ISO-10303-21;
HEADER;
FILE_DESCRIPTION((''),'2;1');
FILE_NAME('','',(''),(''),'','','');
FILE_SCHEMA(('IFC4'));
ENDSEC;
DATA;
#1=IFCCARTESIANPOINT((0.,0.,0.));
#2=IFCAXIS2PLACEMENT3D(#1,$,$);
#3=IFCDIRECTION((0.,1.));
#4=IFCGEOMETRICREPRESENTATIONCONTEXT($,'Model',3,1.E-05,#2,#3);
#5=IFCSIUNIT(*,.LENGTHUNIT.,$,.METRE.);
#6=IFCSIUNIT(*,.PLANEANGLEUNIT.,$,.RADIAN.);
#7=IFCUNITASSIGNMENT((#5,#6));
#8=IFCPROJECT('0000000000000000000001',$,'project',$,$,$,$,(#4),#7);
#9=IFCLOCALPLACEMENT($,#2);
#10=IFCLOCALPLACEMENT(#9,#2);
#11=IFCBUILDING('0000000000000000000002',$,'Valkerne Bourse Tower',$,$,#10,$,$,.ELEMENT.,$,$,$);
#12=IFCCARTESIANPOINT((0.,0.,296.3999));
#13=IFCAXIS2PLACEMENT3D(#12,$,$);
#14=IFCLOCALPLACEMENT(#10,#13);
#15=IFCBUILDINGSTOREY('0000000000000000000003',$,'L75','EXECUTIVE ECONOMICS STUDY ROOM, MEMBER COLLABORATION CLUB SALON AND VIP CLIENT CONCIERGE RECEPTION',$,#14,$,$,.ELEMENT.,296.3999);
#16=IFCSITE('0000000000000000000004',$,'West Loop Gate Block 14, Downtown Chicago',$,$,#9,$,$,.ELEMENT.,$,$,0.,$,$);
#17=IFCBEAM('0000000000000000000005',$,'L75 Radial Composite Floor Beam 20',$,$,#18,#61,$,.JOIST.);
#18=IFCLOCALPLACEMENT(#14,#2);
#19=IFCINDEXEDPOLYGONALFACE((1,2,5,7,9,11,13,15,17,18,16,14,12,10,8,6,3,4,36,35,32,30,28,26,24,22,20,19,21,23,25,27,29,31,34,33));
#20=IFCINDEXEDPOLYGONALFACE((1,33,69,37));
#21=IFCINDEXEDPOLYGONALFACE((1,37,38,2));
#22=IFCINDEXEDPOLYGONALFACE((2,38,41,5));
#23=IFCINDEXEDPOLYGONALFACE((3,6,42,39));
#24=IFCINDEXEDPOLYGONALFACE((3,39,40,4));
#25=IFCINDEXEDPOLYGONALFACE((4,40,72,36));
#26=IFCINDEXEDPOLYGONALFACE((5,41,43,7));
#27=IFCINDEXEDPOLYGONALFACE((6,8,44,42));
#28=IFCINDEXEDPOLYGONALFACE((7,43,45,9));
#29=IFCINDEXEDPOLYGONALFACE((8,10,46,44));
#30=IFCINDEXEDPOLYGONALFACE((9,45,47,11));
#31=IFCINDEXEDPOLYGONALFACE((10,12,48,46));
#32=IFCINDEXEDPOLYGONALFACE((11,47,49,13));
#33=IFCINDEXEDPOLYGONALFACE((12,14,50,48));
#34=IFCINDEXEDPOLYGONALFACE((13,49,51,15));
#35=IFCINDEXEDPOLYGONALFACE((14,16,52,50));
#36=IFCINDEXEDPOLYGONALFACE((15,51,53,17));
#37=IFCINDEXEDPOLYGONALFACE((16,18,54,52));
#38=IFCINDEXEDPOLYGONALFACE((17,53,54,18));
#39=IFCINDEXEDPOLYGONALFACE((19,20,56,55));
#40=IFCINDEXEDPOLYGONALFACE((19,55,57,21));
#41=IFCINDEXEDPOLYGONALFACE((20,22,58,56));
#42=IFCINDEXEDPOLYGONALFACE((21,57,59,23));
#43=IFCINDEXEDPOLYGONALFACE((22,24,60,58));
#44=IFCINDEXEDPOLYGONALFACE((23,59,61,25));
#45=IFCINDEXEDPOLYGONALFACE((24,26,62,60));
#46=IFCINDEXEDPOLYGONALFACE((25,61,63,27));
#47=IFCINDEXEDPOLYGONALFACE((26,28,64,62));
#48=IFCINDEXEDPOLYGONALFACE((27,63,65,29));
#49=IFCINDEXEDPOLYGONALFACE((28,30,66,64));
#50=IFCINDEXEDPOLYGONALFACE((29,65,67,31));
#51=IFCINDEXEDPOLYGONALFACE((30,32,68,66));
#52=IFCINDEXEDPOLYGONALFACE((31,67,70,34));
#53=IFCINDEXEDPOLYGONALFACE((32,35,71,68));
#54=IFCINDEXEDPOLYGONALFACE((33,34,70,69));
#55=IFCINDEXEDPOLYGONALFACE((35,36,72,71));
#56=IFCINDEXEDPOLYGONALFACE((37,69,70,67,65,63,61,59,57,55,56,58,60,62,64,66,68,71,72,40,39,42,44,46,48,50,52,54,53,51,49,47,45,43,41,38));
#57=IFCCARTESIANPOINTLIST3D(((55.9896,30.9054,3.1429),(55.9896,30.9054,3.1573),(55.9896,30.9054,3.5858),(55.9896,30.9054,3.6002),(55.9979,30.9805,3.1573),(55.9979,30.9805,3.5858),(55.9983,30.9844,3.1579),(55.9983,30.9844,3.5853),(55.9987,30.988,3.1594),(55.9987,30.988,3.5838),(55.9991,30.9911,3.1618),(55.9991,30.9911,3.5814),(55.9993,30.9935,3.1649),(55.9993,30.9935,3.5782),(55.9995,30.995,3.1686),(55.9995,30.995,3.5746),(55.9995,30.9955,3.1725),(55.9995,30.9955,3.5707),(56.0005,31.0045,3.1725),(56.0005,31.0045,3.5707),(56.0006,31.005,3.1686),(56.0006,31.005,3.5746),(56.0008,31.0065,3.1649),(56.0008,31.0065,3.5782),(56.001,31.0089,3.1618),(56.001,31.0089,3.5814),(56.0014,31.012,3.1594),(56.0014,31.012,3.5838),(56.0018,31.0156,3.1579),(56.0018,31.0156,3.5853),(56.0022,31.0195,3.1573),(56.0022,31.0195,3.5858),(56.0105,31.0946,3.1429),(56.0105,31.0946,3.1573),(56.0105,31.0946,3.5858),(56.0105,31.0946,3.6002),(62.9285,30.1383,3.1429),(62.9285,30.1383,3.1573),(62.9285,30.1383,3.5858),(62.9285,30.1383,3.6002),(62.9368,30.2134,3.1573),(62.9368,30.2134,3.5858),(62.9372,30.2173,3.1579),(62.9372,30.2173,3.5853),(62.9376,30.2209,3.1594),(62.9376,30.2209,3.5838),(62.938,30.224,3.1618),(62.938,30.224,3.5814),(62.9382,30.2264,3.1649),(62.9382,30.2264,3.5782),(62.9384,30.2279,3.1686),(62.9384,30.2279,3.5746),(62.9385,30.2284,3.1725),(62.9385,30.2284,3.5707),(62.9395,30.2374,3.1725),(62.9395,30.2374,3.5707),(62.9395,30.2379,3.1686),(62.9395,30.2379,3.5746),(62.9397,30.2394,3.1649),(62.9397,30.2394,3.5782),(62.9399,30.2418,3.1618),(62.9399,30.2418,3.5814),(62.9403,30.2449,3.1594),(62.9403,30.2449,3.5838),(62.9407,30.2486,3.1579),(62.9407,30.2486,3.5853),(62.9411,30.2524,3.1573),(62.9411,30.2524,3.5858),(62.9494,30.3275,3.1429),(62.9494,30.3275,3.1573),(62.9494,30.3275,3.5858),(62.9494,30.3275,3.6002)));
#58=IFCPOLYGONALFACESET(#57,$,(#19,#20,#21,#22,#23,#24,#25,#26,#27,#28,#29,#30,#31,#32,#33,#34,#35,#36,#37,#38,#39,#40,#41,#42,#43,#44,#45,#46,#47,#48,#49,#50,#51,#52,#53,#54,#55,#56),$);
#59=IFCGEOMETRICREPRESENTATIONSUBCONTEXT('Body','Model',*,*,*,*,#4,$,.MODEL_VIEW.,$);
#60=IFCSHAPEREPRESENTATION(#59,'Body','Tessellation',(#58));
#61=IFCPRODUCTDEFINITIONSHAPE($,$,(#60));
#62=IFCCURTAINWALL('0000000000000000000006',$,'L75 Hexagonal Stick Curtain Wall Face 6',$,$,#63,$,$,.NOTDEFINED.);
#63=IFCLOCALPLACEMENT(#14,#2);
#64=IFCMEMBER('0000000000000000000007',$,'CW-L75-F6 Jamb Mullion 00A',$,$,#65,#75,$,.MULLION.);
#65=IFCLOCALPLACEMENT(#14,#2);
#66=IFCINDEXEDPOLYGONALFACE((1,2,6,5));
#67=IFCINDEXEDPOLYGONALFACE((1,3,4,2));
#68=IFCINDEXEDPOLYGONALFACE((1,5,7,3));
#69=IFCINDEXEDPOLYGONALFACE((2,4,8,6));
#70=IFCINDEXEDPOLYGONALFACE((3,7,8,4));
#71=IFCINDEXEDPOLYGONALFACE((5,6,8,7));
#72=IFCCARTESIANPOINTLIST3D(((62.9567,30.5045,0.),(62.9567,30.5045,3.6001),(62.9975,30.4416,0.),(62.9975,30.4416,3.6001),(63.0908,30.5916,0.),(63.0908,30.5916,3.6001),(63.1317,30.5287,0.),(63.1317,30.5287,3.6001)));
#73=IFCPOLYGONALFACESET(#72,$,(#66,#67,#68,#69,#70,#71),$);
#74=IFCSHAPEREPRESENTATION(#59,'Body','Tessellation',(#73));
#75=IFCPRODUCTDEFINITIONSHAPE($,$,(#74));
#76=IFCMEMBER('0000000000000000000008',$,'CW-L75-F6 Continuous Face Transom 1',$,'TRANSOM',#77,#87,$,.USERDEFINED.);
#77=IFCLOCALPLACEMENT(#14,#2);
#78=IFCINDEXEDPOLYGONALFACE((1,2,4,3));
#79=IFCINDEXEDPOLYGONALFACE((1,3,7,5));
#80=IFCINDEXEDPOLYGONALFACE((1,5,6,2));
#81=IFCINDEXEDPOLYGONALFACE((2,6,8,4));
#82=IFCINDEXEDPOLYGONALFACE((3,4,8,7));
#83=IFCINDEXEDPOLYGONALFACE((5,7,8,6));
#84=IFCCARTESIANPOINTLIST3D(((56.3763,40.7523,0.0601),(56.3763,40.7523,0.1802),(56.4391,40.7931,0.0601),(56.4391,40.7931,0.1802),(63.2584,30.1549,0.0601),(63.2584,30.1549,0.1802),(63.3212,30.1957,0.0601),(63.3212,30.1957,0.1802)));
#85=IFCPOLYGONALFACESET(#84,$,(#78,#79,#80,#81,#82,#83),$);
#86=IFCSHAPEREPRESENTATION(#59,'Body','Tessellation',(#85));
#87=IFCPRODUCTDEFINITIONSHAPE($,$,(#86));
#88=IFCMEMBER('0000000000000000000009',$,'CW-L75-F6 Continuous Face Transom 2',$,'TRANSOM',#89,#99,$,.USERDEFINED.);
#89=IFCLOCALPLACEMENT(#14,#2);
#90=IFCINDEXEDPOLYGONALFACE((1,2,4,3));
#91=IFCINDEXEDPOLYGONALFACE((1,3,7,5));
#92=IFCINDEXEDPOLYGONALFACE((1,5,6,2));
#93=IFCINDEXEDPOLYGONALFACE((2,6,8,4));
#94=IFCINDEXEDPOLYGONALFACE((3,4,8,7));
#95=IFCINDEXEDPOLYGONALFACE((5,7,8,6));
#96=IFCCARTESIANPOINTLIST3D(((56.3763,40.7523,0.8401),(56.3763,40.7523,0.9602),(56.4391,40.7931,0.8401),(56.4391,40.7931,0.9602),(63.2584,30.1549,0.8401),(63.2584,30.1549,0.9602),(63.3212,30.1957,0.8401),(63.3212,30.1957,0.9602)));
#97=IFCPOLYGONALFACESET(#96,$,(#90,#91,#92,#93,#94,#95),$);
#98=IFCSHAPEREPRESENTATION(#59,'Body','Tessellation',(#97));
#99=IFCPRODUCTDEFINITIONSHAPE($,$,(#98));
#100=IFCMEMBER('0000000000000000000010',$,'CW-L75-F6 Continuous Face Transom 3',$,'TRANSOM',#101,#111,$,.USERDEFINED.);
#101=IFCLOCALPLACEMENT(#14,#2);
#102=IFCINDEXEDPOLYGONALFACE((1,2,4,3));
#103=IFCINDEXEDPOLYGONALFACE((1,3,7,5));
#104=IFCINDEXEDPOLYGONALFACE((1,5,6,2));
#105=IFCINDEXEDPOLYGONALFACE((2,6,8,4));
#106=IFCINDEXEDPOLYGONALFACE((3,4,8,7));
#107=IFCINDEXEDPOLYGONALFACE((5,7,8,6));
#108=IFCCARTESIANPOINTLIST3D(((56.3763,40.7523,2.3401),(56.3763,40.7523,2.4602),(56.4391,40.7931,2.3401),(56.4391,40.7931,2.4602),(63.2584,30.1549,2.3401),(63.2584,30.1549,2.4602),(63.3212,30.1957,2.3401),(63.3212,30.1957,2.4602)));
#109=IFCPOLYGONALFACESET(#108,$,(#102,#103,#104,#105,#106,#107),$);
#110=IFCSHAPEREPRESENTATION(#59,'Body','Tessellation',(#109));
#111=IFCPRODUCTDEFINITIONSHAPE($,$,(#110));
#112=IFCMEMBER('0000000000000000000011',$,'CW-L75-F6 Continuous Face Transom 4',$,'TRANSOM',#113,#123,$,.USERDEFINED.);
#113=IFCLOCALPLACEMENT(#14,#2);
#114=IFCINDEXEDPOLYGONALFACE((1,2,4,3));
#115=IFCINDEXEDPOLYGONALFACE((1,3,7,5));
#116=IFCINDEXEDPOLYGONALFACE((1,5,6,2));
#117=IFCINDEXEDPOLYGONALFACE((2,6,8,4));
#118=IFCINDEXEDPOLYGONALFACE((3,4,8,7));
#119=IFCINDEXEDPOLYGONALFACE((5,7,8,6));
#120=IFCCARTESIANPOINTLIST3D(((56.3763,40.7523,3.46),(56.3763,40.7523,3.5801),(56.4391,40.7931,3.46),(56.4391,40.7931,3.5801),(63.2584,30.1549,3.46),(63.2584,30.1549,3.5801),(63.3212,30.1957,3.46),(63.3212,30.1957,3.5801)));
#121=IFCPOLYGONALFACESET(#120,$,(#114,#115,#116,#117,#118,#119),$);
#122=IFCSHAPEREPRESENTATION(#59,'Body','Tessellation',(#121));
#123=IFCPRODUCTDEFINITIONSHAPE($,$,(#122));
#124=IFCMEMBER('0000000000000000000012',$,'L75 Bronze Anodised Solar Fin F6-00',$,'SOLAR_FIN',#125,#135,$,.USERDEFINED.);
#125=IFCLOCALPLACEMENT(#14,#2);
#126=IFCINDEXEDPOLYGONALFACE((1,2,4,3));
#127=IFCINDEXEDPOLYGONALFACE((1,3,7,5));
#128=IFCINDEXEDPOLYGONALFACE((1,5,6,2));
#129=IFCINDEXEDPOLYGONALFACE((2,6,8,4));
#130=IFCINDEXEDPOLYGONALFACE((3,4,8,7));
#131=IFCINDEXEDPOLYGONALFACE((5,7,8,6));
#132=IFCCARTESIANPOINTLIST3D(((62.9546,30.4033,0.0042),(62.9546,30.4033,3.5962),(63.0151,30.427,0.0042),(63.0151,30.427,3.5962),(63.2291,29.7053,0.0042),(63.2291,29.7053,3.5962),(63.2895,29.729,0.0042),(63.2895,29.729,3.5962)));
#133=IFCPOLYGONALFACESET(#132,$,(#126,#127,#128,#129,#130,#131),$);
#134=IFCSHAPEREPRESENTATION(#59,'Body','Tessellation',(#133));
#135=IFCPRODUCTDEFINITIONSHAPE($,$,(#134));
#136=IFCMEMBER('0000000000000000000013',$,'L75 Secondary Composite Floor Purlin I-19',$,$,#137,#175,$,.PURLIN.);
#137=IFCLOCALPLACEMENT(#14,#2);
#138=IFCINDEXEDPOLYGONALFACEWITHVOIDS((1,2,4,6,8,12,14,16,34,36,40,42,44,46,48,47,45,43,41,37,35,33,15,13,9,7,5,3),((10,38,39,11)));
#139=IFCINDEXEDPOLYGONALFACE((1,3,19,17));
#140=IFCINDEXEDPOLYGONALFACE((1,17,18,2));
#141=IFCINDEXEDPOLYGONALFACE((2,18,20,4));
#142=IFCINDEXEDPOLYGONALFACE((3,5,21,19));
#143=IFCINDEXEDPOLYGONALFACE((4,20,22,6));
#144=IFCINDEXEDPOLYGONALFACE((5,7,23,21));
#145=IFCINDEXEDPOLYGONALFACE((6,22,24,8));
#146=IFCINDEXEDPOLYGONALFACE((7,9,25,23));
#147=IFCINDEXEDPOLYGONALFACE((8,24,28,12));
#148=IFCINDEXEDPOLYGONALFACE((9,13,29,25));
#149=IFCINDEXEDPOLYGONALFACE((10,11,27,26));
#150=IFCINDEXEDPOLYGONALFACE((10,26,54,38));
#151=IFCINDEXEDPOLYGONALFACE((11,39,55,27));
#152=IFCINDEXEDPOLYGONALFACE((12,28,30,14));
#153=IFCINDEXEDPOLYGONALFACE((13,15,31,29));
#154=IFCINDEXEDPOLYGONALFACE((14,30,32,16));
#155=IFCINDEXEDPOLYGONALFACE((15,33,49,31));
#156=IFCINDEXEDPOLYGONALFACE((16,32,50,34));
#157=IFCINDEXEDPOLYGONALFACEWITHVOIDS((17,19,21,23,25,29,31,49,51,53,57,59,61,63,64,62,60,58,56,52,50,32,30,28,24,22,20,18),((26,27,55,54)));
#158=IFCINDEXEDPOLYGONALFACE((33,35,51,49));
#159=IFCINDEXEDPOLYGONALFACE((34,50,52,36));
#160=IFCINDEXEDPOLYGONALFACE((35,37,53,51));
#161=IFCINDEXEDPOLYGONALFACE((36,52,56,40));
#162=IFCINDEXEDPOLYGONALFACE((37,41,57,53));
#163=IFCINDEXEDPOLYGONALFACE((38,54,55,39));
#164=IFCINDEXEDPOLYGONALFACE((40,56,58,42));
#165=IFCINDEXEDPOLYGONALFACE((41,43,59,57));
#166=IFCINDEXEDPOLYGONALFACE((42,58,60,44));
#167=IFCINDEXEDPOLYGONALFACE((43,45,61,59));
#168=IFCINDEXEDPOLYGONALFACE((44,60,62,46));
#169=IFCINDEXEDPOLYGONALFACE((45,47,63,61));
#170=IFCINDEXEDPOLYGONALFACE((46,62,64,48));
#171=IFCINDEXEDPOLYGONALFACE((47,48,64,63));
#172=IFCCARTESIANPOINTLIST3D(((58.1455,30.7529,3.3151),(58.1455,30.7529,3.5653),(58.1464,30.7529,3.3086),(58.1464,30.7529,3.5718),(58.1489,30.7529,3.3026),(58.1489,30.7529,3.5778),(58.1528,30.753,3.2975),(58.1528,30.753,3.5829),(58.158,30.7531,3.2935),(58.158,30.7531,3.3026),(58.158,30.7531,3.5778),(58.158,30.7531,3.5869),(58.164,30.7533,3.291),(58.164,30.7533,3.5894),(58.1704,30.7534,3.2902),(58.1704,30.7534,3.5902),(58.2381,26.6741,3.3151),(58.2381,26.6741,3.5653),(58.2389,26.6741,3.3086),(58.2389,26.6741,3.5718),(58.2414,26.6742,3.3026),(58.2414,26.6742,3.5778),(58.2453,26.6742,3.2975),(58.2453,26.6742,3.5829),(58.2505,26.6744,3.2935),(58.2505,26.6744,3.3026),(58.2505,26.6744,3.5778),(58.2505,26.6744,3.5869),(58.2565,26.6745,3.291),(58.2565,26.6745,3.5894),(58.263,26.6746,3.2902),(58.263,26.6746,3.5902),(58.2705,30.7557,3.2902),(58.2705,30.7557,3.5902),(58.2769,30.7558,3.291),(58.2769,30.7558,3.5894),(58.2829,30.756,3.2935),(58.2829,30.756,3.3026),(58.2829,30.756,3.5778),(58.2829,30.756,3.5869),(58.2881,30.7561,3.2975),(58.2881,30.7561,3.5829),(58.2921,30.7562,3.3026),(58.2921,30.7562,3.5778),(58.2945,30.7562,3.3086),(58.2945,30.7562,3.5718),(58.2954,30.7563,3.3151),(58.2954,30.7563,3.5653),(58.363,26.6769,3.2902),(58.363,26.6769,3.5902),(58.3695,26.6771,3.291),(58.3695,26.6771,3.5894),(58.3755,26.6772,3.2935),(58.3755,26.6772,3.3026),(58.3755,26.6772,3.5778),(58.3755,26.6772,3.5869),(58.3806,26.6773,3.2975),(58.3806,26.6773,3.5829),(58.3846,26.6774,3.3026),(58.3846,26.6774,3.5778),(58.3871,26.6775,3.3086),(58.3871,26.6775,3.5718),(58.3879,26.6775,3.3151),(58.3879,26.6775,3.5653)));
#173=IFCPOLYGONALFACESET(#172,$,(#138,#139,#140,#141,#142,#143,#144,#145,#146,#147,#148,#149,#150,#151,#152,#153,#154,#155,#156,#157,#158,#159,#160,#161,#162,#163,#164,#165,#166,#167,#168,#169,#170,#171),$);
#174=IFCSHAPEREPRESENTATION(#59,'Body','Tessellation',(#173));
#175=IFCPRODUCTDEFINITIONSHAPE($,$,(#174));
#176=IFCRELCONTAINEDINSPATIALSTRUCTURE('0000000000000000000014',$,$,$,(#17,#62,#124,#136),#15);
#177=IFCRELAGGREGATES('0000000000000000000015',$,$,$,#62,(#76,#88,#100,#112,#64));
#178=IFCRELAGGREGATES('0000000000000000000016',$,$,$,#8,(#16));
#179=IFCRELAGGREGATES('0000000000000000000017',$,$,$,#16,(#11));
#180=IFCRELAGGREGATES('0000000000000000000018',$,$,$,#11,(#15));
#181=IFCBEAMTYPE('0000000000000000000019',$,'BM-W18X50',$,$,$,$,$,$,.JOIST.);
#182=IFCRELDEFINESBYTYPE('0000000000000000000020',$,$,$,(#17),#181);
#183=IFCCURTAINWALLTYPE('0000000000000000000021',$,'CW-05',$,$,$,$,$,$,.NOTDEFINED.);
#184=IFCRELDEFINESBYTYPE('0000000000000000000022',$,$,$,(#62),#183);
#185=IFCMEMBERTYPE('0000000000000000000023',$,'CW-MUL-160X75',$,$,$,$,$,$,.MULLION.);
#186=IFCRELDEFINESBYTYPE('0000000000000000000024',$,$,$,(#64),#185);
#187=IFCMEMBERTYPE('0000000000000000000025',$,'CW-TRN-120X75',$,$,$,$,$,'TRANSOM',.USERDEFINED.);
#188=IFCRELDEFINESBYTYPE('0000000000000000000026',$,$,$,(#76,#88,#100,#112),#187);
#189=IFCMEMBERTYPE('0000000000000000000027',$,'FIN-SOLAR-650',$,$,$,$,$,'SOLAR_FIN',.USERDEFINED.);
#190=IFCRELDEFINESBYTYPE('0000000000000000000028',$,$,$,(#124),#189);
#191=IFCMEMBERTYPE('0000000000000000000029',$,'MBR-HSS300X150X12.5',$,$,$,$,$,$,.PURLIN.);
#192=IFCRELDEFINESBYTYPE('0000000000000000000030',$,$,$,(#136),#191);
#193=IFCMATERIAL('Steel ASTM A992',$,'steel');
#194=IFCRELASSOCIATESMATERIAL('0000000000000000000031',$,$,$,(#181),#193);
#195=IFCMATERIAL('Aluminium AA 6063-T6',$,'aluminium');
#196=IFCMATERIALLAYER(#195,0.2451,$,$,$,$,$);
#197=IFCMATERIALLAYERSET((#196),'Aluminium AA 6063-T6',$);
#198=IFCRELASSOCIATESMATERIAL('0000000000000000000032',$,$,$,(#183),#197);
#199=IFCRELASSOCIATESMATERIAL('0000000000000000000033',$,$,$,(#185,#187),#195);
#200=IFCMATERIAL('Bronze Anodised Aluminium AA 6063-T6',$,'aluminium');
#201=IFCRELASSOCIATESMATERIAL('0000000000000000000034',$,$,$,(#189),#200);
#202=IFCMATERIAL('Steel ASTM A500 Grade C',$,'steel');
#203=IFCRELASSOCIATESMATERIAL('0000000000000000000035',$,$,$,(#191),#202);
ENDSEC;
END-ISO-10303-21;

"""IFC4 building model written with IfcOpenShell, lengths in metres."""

from ifc_helpers import new_model, si_unit, direction, frame, origin, origin_2d, place, context, subcontext, project, spatial, rectangle, hollow_rectangle, i_section, extrude, material, layer, layer_set, material_profile, profile_set, type_object, element, aggregate, save


model = new_model("IFC4")

# Units and contexts
model_context = context("Model", 3, precision=1e-05, world=origin(), true_north=direction((0.0, 1.0)))
body_context = subcontext(model_context, "Body", "Model", "MODEL_VIEW")
ifc_project = project(units=[si_unit("LENGTHUNIT", "METRE"), si_unit("PLANEANGLEUNIT", "RADIAN")], contexts=[model_context])

# Site, building, storey
site_placement = place(None, origin())
site = spatial("IfcSite", under=ifc_project, at=site_placement, Name="West Loop Gate Block 14, Downtown Chicago", CompositionType="ELEMENT", RefElevation=0.0)
building_placement = place(site_placement, origin())
building = spatial("IfcBuilding", under=site, at=building_placement, Name="Valkerne Bourse Tower", CompositionType="ELEMENT")
storey_placement = place(building_placement, frame((0.0, 0.0, 296.3999)))
storey = spatial("IfcBuildingStorey", under=building, at=storey_placement, Name="L75", Description="EXECUTIVE ECONOMICS STUDY ROOM, MEMBER COLLABORATION CLUB SALON AND VIP CLIENT CONCIERGE RECEPTION", CompositionType="ELEMENT", Elevation=296.3999)

# Shared definitions
ifc_material_1 = material(Name="Steel ASTM A500 Grade C", Category="steel")

# Beam
ifc_material_2 = material(Name="Steel ASTM A992", Category="steel")
ifc_material_profile_1 = material_profile(ifc_material_2, i_section(OverallWidth=0.1904, OverallDepth=0.4573, WebThickness=0.009, FlangeThickness=0.0144, FilletRadius=0.0151, at=origin_2d()), Name="W18X50")
ifc_profile_set_1 = profile_set([ifc_material_profile_1], Name="Steel ASTM A992")
beam_type_1 = type_object("IfcBeamType", Name="BM-W18X50", PredefinedType="JOIST", material=ifc_profile_set_1)
beam_1_placement = place(storey_placement, frame((62.939, 30.2329, 3.3716), z_axis=(-0.993945, 0.109879, 0.0), x_axis=(-0.109879, -0.993945, 0.0)))
element("IfcBeam", 1, at=beam_1_placement, inside=storey, type_object=beam_type_1, Name="L75 Radial Composite Floor Beam 20", PredefinedType="JOIST", context=body_context, shape_type="SweptSolid", body=[
    extrude(i_section(OverallWidth=0.1904, OverallDepth=0.4573, WebThickness=0.009, FlangeThickness=0.0144, FilletRadius=0.0151, at=origin_2d()), origin(), (0.0, 0.0, 1.0), 6.9812),
])

# Curtain wall, members
ifc_material_3 = material(Name="Aluminium AA 6063-T6", Category="aluminium")
ifc_layer_1 = layer(ifc_material_3, 0.2451)
ifc_layer_set_1 = layer_set([ifc_layer_1], Name="Aluminium AA 6063-T6")
curtain_wall_type = type_object("IfcCurtainWallType", Name="CW-05", PredefinedType="NOTDEFINED", material=ifc_layer_set_1)
curtain_wall_placement = place(storey_placement, origin())
curtain_wall = element("IfcCurtainWall", 2, at=curtain_wall_placement, inside=storey, type_object=curtain_wall_type, Name="L75 Hexagonal Stick Curtain Wall Face 6", PredefinedType="NOTDEFINED")
ifc_material_profile_2 = material_profile(ifc_material_3, rectangle(XDim=0.075, YDim=0.1599, at=origin_2d()), Name="CWM-75X160")
ifc_profile_set_2 = profile_set([ifc_material_profile_2], Name="Aluminium AA 6063-T6")
member_type_1 = type_object("IfcMemberType", Name="CW-MUL-160X75", PredefinedType="MULLION", material=ifc_profile_set_2)
member_1_placement = place(storey_placement, frame((63.0442, 30.5166, 0.0), z_axis=(0.0, 0.0, 1.0), x_axis=(-0.544634, 0.838674, 0.0)))
member_1 = element("IfcMember", 3, at=member_1_placement, type_object=member_type_1, Name="CW-L75-F6 Jamb Mullion 00A", PredefinedType="MULLION", context=body_context, shape_type="SweptSolid", body=[
    extrude(rectangle(XDim=0.075, YDim=0.1599, at=origin_2d()), origin(), (0.0, 0.0, 1.0), 3.6001),
])
ifc_material_profile_3 = material_profile(ifc_material_3, rectangle(XDim=0.075, YDim=0.1201, at=origin_2d()), Name="CWT-75X120")
ifc_profile_set_3 = profile_set([ifc_material_profile_3], Name="Aluminium AA 6063-T6")
member_type_2 = type_object("IfcMemberType", Name="CW-TRN-120X75", ElementType="TRANSOM", PredefinedType="USERDEFINED", material=ifc_profile_set_3)
member_2_placement = place(storey_placement, frame((63.2898, 30.1753, 0.1201), z_axis=(-0.544641, 0.838669, 0.0), x_axis=(-0.838669, -0.544641, 0.0)))
member_2 = element("IfcMember", 4, at=member_2_placement, type_object=member_type_2, Name="CW-L75-F6 Continuous Face Transom 1", ObjectType="TRANSOM", PredefinedType="USERDEFINED", context=body_context, shape_type="SweptSolid", body=[
    extrude(rectangle(XDim=0.075, YDim=0.1201, at=origin_2d()), origin(), (0.0, 0.0, 1.0), 12.636),
])
member_3_placement = place(storey_placement, frame((63.2898, 30.1753, 0.9001), z_axis=(-0.544641, 0.838669, 0.0), x_axis=(-0.838669, -0.544641, 0.0)))
member_3 = element("IfcMember", 5, at=member_3_placement, type_object=member_type_2, Name="CW-L75-F6 Continuous Face Transom 2", ObjectType="TRANSOM", PredefinedType="USERDEFINED", context=body_context, shape_type="SweptSolid", body=[
    extrude(rectangle(XDim=0.075, YDim=0.1201, at=origin_2d()), origin(), (0.0, 0.0, 1.0), 12.636),
])
member_4_placement = place(storey_placement, frame((63.2898, 30.1753, 2.4001), z_axis=(-0.544641, 0.838669, 0.0), x_axis=(-0.838669, -0.544641, 0.0)))
member_4 = element("IfcMember", 6, at=member_4_placement, type_object=member_type_2, Name="CW-L75-F6 Continuous Face Transom 3", ObjectType="TRANSOM", PredefinedType="USERDEFINED", context=body_context, shape_type="SweptSolid", body=[
    extrude(rectangle(XDim=0.075, YDim=0.1201, at=origin_2d()), origin(), (0.0, 0.0, 1.0), 12.636),
])
member_5_placement = place(storey_placement, frame((63.2898, 30.1753, 3.52), z_axis=(-0.544641, 0.838669, 0.0), x_axis=(-0.838669, -0.544641, 0.0)))
member_5 = element("IfcMember", 7, at=member_5_placement, type_object=member_type_2, Name="CW-L75-F6 Continuous Face Transom 4", ObjectType="TRANSOM", PredefinedType="USERDEFINED", context=body_context, shape_type="SweptSolid", body=[
    extrude(rectangle(XDim=0.075, YDim=0.1201, at=origin_2d()), origin(), (0.0, 0.0, 1.0), 12.636),
])

# Members
ifc_material_4 = material(Name="Bronze Anodised Aluminium AA 6063-T6", Category="aluminium")
ifc_material_profile_4 = material_profile(ifc_material_4, rectangle(XDim=0.0649, YDim=0.75, at=origin_2d()), Name="FIN-65X750")
ifc_profile_set_4 = profile_set([ifc_material_profile_4], Name="Bronze Anodised Aluminium AA 6063-T6")
member_type_3 = type_object("IfcMemberType", Name="FIN-SOLAR-650", ElementType="SOLAR_FIN", PredefinedType="USERDEFINED", material=ifc_profile_set_4)
member_6_placement = place(storey_placement, frame((63.1221, 30.0662, 0.0042), z_axis=(0.0, 0.0, 1.0), x_axis=(0.930661, 0.365883, 0.0)))
element("IfcMember", 8, at=member_6_placement, inside=storey, type_object=member_type_3, Name="L75 Bronze Anodised Solar Fin F6-00", ObjectType="SOLAR_FIN", PredefinedType="USERDEFINED", context=body_context, shape_type="SweptSolid", body=[
    extrude(rectangle(XDim=0.0649, YDim=0.75, at=origin_2d()), origin(), (0.0, 0.0, 1.0), 3.592),
])
ifc_material_profile_5 = material_profile(ifc_material_1, hollow_rectangle(XDim=0.1499, YDim=0.3, WallThickness=0.0125, OuterFilletRadius=0.0249, at=origin_2d()), Name="HSS300X150X12.5")
ifc_profile_set_5 = profile_set([ifc_material_profile_5], Name="Steel ASTM A500 Grade C")
member_type_4 = type_object("IfcMemberType", Name="MBR-HSS300X150X12.5", PredefinedType="PURLIN", material=ifc_profile_set_5)
member_7_placement = place(storey_placement, frame((58.313, 26.6758, 3.4402), z_axis=(-0.022679, 0.999743, 0.0), x_axis=(-0.999743, -0.022679, 0.0)))
element("IfcMember", 9, at=member_7_placement, inside=storey, type_object=member_type_4, Name="L75 Secondary Composite Floor Purlin I-19", PredefinedType="PURLIN", context=body_context, shape_type="SweptSolid", body=[
    extrude(hollow_rectangle(XDim=0.1499, YDim=0.3, WallThickness=0.0125, OuterFilletRadius=0.0249, at=origin_2d()), origin(), (0.0, 0.0, 1.0), 4.0798),
])

aggregate(curtain_wall, [member_2, member_3, member_4, member_5, member_1])

save(model, "model.ifc")
